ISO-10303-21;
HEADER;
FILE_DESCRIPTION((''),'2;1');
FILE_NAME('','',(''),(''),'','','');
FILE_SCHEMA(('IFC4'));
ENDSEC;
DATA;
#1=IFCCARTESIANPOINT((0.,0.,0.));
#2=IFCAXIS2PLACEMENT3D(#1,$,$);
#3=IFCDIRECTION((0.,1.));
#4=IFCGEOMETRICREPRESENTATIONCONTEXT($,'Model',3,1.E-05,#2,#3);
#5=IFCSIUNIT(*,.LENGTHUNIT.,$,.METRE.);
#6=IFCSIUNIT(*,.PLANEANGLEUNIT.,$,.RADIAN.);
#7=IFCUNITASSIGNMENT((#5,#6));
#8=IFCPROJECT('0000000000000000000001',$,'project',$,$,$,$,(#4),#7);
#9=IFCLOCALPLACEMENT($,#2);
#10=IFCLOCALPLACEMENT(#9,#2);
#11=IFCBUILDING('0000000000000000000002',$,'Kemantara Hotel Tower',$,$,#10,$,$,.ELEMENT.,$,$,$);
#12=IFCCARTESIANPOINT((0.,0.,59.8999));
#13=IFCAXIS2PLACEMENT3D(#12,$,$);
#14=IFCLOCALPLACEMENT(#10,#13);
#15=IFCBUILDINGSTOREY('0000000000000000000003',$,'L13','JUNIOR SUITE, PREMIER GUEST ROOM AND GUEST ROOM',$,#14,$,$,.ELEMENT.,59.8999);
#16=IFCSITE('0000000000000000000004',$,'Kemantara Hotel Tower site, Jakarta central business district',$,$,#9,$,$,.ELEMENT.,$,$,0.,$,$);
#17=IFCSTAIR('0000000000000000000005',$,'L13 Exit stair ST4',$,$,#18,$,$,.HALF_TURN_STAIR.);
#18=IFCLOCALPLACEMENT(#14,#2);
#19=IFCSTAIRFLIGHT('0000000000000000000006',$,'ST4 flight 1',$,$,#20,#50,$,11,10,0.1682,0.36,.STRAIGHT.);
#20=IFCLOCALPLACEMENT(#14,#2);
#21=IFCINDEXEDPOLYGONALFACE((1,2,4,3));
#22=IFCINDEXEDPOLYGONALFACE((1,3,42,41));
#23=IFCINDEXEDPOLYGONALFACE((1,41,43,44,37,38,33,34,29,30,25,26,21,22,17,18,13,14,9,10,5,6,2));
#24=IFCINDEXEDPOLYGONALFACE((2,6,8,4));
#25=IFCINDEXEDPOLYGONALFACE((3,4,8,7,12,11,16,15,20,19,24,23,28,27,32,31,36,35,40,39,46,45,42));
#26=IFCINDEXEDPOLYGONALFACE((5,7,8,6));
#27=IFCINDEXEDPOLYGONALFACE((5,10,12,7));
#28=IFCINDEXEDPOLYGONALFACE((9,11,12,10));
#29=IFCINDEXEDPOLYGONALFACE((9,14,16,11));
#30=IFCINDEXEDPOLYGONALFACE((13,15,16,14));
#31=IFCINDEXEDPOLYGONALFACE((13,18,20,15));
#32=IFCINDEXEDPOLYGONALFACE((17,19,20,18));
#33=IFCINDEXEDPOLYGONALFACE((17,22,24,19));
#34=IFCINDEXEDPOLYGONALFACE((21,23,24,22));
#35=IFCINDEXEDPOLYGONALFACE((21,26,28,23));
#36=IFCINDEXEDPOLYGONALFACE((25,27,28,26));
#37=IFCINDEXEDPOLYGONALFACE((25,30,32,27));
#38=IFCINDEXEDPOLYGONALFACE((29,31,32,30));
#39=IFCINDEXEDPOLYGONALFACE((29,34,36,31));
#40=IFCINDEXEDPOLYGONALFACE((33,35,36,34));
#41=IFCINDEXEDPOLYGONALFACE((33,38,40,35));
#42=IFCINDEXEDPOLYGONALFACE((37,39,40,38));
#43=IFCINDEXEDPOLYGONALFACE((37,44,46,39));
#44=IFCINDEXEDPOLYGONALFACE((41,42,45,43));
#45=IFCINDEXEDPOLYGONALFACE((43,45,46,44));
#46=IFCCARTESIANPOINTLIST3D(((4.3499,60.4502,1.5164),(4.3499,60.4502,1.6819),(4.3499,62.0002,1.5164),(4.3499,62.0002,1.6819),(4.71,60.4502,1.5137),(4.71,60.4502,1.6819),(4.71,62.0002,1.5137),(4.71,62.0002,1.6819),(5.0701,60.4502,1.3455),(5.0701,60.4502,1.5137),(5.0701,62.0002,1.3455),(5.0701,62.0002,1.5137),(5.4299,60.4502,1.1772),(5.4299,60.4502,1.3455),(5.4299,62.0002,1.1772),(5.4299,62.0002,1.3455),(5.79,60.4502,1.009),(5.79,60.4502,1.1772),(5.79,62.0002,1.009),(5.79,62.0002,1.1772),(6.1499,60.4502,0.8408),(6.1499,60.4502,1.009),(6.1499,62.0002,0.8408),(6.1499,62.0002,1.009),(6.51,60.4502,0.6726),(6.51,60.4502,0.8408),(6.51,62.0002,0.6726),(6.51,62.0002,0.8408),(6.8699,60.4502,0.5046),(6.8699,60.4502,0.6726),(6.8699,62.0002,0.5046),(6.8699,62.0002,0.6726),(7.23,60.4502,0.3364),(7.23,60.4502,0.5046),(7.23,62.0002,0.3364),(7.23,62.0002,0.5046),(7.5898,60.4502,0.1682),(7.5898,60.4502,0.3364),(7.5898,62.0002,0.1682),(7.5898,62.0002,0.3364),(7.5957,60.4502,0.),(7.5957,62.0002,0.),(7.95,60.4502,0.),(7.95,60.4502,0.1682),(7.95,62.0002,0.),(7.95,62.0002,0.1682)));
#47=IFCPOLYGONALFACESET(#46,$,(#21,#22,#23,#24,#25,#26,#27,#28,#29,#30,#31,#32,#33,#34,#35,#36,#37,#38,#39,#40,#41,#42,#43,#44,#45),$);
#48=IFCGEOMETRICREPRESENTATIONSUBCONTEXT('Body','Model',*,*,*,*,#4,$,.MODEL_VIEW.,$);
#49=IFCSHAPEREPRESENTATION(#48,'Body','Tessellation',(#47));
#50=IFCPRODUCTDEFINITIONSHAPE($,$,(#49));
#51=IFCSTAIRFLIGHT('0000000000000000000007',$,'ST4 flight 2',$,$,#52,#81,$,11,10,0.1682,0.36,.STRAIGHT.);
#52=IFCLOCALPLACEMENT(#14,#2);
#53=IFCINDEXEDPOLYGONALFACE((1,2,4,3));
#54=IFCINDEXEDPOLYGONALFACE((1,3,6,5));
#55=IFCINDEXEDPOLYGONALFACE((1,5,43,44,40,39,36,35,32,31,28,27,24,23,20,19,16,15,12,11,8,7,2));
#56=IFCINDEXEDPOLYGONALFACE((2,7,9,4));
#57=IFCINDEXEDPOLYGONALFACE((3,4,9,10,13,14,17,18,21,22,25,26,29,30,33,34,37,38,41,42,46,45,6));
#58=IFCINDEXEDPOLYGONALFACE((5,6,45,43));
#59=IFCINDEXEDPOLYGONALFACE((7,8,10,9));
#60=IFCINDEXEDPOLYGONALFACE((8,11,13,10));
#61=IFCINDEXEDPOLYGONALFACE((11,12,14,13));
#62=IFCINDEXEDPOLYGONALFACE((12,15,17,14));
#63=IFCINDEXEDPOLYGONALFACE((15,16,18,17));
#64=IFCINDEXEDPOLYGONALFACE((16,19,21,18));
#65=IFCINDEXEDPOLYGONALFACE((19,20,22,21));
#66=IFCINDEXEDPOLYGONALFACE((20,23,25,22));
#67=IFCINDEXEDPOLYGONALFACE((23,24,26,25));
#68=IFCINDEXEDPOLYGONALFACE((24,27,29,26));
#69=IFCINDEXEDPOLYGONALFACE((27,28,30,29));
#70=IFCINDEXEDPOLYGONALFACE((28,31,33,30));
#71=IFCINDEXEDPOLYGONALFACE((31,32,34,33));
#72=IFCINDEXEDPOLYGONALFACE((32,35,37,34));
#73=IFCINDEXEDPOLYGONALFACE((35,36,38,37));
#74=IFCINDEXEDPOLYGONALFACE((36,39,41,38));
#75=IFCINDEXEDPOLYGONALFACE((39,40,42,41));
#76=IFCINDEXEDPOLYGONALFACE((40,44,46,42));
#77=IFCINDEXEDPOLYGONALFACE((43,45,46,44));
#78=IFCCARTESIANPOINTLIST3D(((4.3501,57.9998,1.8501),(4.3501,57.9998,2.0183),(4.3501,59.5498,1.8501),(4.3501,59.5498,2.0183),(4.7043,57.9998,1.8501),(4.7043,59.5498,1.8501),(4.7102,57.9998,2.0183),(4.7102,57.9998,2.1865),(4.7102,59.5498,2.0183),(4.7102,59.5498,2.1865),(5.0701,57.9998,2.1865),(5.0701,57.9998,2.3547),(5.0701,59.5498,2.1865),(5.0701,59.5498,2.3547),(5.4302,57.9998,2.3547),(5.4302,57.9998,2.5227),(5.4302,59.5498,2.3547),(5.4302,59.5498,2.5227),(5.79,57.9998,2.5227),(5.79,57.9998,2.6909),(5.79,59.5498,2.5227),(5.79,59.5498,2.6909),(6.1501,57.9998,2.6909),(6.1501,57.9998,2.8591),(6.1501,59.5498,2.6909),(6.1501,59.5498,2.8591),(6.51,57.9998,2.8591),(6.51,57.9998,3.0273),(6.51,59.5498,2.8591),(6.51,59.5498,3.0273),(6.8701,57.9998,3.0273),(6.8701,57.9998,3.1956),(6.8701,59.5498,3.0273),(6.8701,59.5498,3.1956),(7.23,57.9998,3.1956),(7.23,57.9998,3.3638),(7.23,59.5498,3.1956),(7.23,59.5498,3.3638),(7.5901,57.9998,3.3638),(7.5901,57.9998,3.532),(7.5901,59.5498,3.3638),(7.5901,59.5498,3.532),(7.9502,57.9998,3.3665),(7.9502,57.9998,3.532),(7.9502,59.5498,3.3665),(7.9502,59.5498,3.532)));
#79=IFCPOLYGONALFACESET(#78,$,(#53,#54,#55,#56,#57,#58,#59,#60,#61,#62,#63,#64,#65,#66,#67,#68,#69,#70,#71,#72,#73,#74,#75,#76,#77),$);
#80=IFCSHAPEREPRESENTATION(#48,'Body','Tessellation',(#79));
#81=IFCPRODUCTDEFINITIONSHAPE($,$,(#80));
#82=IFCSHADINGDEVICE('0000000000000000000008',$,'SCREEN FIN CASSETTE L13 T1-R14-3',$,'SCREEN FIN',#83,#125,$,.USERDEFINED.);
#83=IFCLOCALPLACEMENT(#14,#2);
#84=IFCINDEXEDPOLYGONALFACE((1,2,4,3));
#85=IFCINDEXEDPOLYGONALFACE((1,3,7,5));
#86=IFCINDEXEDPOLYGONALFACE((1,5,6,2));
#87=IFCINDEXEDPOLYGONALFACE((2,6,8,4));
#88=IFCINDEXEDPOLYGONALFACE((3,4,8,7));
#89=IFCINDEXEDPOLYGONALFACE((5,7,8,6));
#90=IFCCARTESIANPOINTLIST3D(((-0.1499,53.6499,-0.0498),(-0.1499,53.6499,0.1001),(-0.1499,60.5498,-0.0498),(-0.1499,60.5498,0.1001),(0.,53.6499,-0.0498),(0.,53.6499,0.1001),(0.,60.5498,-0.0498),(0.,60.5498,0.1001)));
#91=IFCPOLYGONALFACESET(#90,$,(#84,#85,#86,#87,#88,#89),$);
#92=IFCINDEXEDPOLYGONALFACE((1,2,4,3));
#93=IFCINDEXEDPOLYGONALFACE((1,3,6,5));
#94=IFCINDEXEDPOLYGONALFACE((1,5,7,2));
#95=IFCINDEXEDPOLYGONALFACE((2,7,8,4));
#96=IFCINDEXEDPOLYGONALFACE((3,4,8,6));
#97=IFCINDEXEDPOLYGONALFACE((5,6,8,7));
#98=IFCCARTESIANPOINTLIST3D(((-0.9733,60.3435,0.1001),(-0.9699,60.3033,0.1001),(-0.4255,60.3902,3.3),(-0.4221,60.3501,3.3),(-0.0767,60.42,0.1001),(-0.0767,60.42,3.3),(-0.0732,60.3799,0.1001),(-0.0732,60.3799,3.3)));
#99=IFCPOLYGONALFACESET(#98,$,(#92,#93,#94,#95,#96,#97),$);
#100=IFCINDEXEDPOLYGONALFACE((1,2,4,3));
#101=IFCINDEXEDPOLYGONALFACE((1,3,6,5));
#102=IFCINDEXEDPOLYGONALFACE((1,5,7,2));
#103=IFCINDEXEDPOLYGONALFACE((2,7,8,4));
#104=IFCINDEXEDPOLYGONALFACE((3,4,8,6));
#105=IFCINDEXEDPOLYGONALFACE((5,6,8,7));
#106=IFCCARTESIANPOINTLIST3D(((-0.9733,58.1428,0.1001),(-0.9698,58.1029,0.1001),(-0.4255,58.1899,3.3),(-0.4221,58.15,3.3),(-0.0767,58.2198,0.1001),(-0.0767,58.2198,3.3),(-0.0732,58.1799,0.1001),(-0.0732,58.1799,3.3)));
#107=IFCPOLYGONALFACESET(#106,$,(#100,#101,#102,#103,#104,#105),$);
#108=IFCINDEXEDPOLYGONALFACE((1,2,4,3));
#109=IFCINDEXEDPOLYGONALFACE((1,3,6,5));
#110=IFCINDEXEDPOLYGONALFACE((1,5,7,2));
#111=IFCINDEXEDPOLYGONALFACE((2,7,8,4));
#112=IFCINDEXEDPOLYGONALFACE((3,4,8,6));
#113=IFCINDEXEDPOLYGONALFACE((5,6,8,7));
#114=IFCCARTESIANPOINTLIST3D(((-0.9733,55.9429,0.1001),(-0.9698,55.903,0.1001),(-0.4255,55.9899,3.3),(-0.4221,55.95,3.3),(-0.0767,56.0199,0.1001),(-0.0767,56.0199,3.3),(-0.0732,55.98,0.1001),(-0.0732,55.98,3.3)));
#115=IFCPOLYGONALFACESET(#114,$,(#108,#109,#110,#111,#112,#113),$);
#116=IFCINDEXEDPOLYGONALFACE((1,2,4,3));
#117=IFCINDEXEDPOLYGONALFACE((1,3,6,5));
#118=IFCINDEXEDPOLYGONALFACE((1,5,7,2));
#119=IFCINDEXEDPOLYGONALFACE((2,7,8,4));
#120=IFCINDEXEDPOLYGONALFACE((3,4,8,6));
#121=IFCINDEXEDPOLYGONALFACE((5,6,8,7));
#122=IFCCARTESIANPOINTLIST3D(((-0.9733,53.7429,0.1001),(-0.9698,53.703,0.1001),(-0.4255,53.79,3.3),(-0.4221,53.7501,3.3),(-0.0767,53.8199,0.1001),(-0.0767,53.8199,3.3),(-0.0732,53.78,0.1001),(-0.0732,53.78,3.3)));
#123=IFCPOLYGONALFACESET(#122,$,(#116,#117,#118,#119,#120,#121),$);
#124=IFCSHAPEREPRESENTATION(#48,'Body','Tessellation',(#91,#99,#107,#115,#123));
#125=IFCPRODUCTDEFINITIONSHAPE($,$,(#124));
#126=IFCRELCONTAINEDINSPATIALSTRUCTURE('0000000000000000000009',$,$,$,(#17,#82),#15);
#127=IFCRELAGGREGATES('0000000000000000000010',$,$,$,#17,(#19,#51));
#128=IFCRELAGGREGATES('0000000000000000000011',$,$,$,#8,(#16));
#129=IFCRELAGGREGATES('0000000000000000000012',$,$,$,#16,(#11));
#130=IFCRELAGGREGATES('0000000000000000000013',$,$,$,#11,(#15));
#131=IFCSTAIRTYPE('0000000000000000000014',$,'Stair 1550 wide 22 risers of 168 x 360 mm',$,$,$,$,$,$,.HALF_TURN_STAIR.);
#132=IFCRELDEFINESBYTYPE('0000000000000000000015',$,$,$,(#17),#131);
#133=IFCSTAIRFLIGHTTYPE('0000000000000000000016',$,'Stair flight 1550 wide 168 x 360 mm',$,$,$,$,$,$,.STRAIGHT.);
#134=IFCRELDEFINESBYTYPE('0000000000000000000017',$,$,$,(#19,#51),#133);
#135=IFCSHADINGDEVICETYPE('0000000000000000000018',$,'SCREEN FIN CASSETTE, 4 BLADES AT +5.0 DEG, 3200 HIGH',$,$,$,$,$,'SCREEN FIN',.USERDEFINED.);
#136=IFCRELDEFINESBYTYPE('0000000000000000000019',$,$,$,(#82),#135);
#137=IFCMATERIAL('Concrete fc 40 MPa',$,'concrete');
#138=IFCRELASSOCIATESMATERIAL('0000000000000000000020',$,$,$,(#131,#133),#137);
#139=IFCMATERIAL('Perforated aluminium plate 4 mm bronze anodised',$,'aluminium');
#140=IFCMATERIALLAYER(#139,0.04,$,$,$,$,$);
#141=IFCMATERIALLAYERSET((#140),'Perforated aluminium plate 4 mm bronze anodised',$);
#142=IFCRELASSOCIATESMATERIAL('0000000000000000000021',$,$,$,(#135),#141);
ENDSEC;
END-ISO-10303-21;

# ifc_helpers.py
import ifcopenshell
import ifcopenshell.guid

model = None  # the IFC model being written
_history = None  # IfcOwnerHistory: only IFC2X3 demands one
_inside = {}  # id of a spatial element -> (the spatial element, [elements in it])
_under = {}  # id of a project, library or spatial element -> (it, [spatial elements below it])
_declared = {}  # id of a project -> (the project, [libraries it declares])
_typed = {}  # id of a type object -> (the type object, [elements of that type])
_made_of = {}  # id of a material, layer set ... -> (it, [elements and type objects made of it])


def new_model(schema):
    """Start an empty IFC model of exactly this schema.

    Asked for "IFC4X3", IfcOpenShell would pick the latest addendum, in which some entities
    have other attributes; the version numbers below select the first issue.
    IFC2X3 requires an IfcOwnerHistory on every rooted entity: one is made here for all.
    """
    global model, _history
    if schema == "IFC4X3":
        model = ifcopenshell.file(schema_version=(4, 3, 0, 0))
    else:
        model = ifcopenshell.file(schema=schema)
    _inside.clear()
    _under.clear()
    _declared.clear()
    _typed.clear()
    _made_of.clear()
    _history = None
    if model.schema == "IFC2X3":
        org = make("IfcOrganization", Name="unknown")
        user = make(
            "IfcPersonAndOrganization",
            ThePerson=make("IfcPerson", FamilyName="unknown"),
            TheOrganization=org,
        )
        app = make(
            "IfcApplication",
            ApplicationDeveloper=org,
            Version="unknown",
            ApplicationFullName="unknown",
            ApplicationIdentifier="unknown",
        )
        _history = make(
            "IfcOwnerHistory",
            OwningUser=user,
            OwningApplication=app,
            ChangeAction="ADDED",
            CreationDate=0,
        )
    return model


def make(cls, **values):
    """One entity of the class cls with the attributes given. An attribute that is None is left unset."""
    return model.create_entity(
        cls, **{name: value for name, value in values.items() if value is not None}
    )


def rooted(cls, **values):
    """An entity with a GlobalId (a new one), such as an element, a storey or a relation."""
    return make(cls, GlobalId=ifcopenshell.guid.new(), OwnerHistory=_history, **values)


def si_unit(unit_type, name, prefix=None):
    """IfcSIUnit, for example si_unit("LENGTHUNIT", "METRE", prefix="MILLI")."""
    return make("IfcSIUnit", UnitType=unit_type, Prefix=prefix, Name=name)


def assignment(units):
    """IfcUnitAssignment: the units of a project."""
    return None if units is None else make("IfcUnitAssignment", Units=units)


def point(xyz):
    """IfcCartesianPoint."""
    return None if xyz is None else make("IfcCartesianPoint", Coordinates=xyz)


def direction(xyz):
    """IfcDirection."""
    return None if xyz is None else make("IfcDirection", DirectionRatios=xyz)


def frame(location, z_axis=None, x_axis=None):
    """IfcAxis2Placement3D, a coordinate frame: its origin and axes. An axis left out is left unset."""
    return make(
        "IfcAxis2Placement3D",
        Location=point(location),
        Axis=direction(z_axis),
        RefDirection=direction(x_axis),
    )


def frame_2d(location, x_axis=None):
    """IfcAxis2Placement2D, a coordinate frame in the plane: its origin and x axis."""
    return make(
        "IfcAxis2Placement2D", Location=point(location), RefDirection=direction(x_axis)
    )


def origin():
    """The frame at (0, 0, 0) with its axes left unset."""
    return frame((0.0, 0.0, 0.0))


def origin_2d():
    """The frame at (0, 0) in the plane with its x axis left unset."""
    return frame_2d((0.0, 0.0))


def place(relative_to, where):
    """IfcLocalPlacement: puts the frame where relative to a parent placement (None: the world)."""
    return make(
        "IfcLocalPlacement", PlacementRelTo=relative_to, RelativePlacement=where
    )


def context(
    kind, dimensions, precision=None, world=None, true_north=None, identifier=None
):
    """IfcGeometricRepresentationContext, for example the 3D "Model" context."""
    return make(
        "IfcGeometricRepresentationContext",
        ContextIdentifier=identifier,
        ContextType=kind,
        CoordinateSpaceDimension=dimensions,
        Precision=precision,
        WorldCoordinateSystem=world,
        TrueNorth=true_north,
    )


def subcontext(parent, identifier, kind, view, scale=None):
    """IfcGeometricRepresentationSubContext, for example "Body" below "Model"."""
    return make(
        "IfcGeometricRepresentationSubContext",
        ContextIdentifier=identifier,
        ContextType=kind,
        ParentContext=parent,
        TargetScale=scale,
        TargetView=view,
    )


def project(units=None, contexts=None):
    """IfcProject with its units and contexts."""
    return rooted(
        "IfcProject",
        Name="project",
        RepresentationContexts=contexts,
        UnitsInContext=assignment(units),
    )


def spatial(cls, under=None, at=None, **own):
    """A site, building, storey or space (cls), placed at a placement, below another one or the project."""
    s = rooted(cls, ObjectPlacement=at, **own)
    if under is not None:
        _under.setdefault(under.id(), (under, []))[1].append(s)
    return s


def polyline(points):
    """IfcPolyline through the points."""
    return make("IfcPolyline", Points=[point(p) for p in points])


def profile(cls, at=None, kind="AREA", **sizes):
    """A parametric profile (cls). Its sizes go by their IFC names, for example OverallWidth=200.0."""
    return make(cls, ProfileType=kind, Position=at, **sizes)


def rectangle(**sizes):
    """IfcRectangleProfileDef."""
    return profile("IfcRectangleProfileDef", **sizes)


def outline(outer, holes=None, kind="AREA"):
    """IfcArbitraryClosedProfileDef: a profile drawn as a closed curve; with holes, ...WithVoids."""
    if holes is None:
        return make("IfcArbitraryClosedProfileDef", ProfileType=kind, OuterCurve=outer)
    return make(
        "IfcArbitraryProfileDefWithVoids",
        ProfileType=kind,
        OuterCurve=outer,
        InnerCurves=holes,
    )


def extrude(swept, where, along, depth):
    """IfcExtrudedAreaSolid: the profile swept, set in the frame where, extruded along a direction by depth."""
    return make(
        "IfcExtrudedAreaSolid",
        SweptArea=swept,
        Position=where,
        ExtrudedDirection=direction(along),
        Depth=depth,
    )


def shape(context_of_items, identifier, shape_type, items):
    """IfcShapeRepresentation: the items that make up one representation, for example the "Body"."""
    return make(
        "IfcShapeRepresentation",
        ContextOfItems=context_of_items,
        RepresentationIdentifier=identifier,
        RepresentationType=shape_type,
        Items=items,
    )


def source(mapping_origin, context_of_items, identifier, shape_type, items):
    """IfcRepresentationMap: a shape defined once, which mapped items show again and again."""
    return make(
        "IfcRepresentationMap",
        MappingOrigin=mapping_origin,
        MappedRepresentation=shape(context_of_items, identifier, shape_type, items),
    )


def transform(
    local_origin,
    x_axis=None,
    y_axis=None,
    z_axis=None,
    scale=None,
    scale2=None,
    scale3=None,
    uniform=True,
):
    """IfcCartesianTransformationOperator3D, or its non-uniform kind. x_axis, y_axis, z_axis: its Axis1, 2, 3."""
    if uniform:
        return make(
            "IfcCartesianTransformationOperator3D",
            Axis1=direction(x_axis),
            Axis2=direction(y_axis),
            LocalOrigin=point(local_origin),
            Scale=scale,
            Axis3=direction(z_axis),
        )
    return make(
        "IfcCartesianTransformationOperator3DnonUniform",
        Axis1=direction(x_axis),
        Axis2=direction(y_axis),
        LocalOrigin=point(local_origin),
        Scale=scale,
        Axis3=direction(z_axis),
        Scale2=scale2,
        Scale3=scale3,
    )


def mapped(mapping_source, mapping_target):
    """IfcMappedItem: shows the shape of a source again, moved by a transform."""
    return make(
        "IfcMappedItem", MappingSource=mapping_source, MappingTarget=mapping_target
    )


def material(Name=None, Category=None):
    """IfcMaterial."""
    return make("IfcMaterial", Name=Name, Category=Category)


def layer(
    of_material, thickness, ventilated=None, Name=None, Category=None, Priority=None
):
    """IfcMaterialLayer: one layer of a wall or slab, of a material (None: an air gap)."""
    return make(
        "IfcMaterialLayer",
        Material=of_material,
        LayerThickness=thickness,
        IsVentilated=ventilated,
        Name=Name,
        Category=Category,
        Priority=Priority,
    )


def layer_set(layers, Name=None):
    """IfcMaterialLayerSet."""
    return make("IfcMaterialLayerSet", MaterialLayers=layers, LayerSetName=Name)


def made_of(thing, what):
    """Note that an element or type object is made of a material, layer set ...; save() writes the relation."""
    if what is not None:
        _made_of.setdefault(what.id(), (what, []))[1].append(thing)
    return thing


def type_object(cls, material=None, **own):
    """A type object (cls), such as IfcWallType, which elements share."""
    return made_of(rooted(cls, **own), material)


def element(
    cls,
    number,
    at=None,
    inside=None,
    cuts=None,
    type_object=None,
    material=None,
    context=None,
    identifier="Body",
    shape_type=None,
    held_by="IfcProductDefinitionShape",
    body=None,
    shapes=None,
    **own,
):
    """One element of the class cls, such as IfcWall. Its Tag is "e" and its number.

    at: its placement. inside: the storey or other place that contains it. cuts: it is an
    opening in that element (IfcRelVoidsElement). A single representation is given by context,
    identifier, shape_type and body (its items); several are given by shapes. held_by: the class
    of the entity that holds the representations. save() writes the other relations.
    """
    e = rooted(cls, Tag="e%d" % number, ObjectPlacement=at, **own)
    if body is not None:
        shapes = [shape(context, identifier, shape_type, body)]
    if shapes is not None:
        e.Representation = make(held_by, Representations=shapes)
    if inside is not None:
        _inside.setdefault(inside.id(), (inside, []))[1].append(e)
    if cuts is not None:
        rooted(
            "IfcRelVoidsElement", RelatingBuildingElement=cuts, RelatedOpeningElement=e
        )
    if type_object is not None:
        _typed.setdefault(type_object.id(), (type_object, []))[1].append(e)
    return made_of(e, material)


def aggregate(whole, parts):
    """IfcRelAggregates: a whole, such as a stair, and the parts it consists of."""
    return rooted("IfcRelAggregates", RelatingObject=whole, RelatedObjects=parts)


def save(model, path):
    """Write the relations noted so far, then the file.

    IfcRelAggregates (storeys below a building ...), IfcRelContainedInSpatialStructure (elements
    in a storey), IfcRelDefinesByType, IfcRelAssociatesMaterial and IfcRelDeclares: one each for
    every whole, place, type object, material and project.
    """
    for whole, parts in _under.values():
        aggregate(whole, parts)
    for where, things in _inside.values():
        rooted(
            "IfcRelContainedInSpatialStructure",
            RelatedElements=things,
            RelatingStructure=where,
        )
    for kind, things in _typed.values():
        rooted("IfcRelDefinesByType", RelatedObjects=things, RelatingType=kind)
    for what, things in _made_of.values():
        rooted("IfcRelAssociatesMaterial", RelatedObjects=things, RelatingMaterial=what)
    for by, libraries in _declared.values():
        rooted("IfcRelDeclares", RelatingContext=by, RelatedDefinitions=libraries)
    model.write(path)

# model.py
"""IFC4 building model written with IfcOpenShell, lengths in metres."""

from ifc_helpers import new_model, si_unit, direction, frame, origin, origin_2d, place, context, subcontext, project, spatial, polyline, rectangle, outline, extrude, source, transform, mapped, material, layer, layer_set, type_object, element, aggregate, save


model = new_model("IFC4")

# Units and contexts
model_context = context("Model", 3, precision=1e-05, world=origin(), true_north=direction((0.0, 1.0)))
body_context = subcontext(model_context, "Body", "Model", "MODEL_VIEW")
ifc_project = project(units=[si_unit("LENGTHUNIT", "METRE"), si_unit("PLANEANGLEUNIT", "RADIAN")], contexts=[model_context])

# Site, building, storey
site_placement = place(None, origin())
site = spatial("IfcSite", under=ifc_project, at=site_placement, Name="Kemantara Hotel Tower site, Jakarta central business district", CompositionType="ELEMENT", RefElevation=0.0)
building_placement = place(site_placement, origin())
building = spatial("IfcBuilding", under=site, at=building_placement, Name="Kemantara Hotel Tower", CompositionType="ELEMENT")
storey_placement = place(building_placement, frame((0.0, 0.0, 59.8999)))
storey = spatial("IfcBuildingStorey", under=building, at=storey_placement, Name="L13", Description="JUNIOR SUITE, PREMIER GUEST ROOM AND GUEST ROOM", CompositionType="ELEMENT", Elevation=59.8999)

# Shared definitions
ifc_material_1 = material(Name="Concrete fc 40 MPa", Category="concrete")

# Stair, stair flights
stair_type = type_object("IfcStairType", Name="Stair 1550 wide 22 risers of 168 x 360 mm", PredefinedType="HALF_TURN_STAIR", material=ifc_material_1)
stair_placement = place(storey_placement, origin())
stair = element("IfcStair", 1, at=stair_placement, inside=storey, type_object=stair_type, Name="L13 Exit stair ST4", PredefinedType="HALF_TURN_STAIR")
stair_flight_type = type_object("IfcStairFlightType", Name="Stair flight 1550 wide 168 x 360 mm", PredefinedType="STRAIGHT", material=ifc_material_1)
stair_flight_1_placement = place(storey_placement, frame((7.95, 61.2251, 0.0), z_axis=(0.0, 0.0, 1.0), x_axis=(-1.0, 0.0, 0.0)))
stair_flight_1 = element("IfcStairFlight", 2, at=stair_flight_1_placement, type_object=stair_flight_type, Name="ST4 flight 1", NumberOfRisers=11, NumberOfTreads=10, PredefinedType="STRAIGHT", RiserHeight=0.1682, TreadLength=0.36, context=body_context, shape_type="SweptSolid", body=[
    extrude(outline(polyline([(0.0, 0.0), (0.0, 0.1682), (0.3601, 0.1682), (0.3601, 0.3364), (0.72, 0.3364), (0.72, 0.5046), (1.0801, 0.5046), (1.0801, 0.6726), (1.4399, 0.6726), (1.4399, 0.8408), (1.8, 0.8408), (1.8, 1.009), (2.1599, 1.009), (2.1599, 1.1772), (2.52, 1.1772), (2.52, 1.3455), (2.8799, 1.3455), (2.8799, 1.5137), (3.24, 1.5137), (3.24, 1.6819), (3.6001, 1.6819), (3.6001, 1.8501), (3.6001, 1.5164), (0.3542, 0.0), (0.0, 0.0)])), frame((0.0, 0.7749, 0.0), z_axis=(0.0, -1.0, 0.0), x_axis=(1.0, 0.0, 0.0)), (0.0, 0.0, 1.0), 1.55),
])
stair_flight_2_placement = place(storey_placement, frame((4.3501, 58.7749, 1.8501), z_axis=(0.0, 0.0, 1.0), x_axis=(1.0, 0.0, 0.0)))
stair_flight_2 = element("IfcStairFlight", 3, at=stair_flight_2_placement, type_object=stair_flight_type, Name="ST4 flight 2", NumberOfRisers=11, NumberOfTreads=10, PredefinedType="STRAIGHT", RiserHeight=0.1682, TreadLength=0.36, context=body_context, shape_type="SweptSolid", body=[
    extrude(outline(polyline([(0.0, 0.0), (0.0, 0.1682), (0.3601, 0.1682), (0.3601, 0.3364), (0.72, 0.3364), (0.72, 0.5046), (1.0801, 0.5046), (1.0801, 0.6726), (1.4399, 0.6726), (1.4399, 0.8408), (1.8, 0.8408), (1.8, 1.009), (2.1599, 1.009), (2.1599, 1.1772), (2.52, 1.1772), (2.52, 1.3455), (2.8799, 1.3455), (2.8799, 1.5137), (3.24, 1.5137), (3.24, 1.6819), (3.6001, 1.6819), (3.6001, 1.8501), (3.6001, 1.5164), (0.3542, 0.0), (0.0, 0.0)])), frame((0.0, 0.7749, 0.0), z_axis=(0.0, -1.0, 0.0), x_axis=(1.0, 0.0, 0.0)), (0.0, 0.0, 1.0), 1.55),
])
aggregate(stair, [stair_flight_1, stair_flight_2])

# Shading device
ifc_material_2 = material(Name="Perforated aluminium plate 4 mm bronze anodised", Category="aluminium")
ifc_layer_1 = layer(ifc_material_2, 0.04)
ifc_layer_set_1 = layer_set([ifc_layer_1], Name="Perforated aluminium plate 4 mm bronze anodised")
shading_device_type = type_object("IfcShadingDeviceType", Name="SCREEN FIN CASSETTE, 4 BLADES AT +5.0 DEG, 3200 HIGH", ElementType="SCREEN FIN", PredefinedType="USERDEFINED", material=ifc_layer_set_1)
shared_shape = source(origin(), body_context, "Body", "SweptSolid", [
    extrude(rectangle(XDim=6.8999, YDim=0.1499, at=origin_2d()), frame((3.3, -0.075, -0.1499), z_axis=(0.0, 0.0, 1.0), x_axis=(1.0, 0.0, 0.0)), (0.0, 0.0, 1.0), 0.1499),
    extrude(outline(polyline([(0.0, 0.0), (0.8999, 0.0), (0.3501, 3.2), (0.0, 3.2), (0.0, 0.0)])), frame((0.02, -0.0732, 0.0), z_axis=(-0.996376, -0.085056, 0.0), x_axis=(0.085056, -0.996376, 0.0)), (0.0, 0.0, 1.0), 0.0403),
    extrude(outline(polyline([(0.0, 0.0), (0.8999, 0.0), (0.3501, 3.2), (0.0, 3.2), (0.0, 0.0)])), frame((2.22, -0.0732, 0.0), z_axis=(-0.996332, -0.085575, 0.0), x_axis=(0.085575, -0.996332, 0.0)), (0.0, 0.0, 1.0), 0.04),
    extrude(outline(polyline([(0.0, 0.0), (0.8999, 0.0), (0.3501, 3.2), (0.0, 3.2), (0.0, 0.0)])), frame((4.4199, -0.0732, 0.0), z_axis=(-0.996332, -0.085575, 0.0), x_axis=(0.085575, -0.996332, 0.0)), (0.0, 0.0, 1.0), 0.04),
    extrude(outline(polyline([(0.0, 0.0), (0.8999, 0.0), (0.3501, 3.2), (0.0, 3.2), (0.0, 0.0)])), frame((6.6199, -0.0732, 0.0), z_axis=(-0.996332, -0.085575, 0.0), x_axis=(0.085575, -0.996332, 0.0)), (0.0, 0.0, 1.0), 0.04),
])
shading_device_placement = place(storey_placement, frame((0.0, 60.3999, 0.1001), z_axis=(0.0, 0.0, 1.0), x_axis=(0.0, -1.0, 0.0)))
element("IfcShadingDevice", 4, at=shading_device_placement, inside=storey, type_object=shading_device_type, Name="SCREEN FIN CASSETTE L13 T1-R14-3", ObjectType="SCREEN FIN", PredefinedType="USERDEFINED", context=body_context, shape_type="MappedRepresentation", body=[
    mapped(shared_shape, transform((0.0, 0.0, 0.0))),
])

save(model, "model.ifc")
